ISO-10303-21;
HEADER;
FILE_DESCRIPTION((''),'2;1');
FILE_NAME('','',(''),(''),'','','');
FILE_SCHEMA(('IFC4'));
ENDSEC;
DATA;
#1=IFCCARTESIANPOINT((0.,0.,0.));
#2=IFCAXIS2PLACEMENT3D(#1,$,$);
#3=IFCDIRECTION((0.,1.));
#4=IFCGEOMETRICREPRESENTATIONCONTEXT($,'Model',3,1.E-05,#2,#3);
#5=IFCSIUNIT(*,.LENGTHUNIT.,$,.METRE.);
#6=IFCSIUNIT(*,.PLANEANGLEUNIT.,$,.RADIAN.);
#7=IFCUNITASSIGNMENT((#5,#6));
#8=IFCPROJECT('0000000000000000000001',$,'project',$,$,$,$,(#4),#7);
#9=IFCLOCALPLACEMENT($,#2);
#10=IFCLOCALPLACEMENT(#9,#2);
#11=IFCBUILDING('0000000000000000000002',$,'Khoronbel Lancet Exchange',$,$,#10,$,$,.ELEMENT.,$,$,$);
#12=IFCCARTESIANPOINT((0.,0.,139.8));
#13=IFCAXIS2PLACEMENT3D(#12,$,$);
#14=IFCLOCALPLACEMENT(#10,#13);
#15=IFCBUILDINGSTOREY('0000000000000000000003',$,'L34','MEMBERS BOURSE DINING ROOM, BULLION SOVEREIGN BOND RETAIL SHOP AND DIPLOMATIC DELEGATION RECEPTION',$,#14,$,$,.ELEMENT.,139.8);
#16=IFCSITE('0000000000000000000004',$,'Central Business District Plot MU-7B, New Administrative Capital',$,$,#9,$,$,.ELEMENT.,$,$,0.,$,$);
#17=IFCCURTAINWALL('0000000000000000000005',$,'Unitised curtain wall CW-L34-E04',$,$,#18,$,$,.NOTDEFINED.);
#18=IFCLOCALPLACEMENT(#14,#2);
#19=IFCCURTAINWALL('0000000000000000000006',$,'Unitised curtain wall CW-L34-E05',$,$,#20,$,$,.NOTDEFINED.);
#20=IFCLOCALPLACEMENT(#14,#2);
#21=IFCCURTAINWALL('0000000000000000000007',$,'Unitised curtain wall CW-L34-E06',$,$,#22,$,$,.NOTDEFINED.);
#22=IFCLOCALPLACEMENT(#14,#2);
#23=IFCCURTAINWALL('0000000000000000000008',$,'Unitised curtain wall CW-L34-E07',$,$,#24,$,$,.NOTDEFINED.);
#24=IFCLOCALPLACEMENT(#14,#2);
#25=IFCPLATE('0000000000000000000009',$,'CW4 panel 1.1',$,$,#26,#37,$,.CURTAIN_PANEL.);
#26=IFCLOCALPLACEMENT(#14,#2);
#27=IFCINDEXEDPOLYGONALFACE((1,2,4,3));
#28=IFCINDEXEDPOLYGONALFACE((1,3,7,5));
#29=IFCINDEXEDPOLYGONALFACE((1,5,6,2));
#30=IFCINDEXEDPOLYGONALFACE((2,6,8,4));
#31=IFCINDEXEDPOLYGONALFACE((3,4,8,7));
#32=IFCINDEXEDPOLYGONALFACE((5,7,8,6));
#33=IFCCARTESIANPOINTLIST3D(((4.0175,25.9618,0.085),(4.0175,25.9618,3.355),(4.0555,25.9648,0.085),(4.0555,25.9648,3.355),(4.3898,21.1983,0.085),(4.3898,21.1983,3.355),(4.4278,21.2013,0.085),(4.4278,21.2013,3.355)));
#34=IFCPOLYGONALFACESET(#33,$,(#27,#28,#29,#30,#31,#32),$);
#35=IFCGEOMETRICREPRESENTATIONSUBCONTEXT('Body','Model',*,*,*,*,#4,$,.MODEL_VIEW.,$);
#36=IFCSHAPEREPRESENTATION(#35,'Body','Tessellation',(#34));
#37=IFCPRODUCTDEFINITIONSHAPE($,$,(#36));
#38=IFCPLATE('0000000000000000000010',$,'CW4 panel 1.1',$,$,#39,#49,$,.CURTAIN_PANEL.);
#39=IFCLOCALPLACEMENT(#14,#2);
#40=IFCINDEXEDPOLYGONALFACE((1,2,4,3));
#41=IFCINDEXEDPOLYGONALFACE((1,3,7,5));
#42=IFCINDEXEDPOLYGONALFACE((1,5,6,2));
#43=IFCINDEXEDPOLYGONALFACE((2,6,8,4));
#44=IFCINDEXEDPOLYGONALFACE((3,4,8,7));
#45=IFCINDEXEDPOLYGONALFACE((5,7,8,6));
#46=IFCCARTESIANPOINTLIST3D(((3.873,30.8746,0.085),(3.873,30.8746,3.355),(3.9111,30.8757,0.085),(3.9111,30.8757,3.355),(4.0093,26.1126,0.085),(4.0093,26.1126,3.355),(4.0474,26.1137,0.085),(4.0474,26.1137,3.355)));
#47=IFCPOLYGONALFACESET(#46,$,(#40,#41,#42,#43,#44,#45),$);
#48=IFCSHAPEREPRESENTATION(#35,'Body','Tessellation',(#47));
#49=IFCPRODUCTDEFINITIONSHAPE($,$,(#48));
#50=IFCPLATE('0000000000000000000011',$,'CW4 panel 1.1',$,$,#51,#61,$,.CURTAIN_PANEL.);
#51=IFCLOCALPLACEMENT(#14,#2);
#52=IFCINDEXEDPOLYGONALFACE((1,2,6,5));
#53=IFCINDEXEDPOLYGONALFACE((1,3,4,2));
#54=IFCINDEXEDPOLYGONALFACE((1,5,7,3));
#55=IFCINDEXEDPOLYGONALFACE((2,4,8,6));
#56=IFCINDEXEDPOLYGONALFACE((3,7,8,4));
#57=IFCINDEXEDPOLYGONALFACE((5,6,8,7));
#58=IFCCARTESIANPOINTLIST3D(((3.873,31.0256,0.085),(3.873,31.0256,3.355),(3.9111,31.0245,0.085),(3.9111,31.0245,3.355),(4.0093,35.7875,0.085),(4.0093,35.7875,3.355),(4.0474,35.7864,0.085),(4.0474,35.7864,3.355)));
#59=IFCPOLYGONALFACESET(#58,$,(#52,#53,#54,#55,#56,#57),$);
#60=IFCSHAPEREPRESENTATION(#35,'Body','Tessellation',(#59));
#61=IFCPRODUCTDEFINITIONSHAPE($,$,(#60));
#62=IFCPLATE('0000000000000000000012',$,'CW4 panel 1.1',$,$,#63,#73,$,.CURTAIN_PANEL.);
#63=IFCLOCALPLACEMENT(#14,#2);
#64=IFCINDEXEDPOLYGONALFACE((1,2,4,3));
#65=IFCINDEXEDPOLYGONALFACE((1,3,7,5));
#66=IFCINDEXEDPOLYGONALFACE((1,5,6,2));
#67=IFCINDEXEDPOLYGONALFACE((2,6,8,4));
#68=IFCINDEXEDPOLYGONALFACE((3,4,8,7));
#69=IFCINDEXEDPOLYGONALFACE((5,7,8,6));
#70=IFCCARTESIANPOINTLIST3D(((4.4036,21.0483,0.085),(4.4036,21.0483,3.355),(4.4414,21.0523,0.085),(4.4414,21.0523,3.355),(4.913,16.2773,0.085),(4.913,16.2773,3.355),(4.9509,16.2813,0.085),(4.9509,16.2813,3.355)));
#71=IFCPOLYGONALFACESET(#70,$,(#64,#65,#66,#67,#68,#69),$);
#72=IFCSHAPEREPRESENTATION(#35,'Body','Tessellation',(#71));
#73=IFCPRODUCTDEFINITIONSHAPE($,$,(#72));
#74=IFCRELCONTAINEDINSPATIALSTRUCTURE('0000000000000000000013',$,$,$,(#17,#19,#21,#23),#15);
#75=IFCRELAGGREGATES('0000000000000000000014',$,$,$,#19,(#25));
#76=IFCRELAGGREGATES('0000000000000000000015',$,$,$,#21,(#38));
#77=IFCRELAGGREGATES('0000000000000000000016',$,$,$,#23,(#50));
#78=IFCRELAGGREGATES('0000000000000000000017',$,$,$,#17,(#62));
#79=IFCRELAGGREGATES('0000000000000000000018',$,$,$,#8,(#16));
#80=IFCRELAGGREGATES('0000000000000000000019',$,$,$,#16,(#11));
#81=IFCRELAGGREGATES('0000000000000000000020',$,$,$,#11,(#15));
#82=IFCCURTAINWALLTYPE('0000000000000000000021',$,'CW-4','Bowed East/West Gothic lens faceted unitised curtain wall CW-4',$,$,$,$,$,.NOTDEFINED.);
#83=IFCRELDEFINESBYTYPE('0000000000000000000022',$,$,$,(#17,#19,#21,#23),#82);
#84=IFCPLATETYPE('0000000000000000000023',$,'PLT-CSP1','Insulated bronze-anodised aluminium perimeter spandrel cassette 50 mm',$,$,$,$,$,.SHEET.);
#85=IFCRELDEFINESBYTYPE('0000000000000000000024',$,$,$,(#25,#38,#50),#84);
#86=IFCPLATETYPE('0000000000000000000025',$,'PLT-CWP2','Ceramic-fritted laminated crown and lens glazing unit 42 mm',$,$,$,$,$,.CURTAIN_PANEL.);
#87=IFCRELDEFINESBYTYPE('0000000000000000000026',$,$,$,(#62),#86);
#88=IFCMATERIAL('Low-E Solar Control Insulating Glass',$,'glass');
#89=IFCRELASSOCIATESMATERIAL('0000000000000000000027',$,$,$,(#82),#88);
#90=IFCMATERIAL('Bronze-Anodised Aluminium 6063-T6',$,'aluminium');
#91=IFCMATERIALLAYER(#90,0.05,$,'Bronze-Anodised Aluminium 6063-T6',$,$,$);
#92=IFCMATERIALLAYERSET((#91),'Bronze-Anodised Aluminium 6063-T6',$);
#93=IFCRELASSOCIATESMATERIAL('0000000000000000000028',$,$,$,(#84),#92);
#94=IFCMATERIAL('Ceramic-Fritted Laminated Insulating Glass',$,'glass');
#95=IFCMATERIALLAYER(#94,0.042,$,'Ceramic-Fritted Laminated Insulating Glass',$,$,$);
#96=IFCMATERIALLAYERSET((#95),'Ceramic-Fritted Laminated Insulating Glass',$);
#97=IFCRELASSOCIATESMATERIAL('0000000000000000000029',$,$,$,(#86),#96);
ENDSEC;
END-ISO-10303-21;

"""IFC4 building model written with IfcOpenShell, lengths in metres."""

from ifc_helpers import new_model, si_unit, direction, frame, origin, origin_2d, place, context, subcontext, project, spatial, rectangle, extrude, material, layer, layer_set, type_object, element, aggregate, save


model = new_model("IFC4")

# Units and contexts
model_context = context("Model", 3, precision=1e-05, world=origin(), true_north=direction((0.0, 1.0)))
body_context = subcontext(model_context, "Body", "Model", "MODEL_VIEW")
ifc_project = project(units=[si_unit("LENGTHUNIT", "METRE"), si_unit("PLANEANGLEUNIT", "RADIAN")], contexts=[model_context])

# Site, building, storey
site_placement = place(None, origin())
site = spatial("IfcSite", under=ifc_project, at=site_placement, Name="Central Business District Plot MU-7B, New Administrative Capital", CompositionType="ELEMENT", RefElevation=0.0)
building_placement = place(site_placement, origin())
building = spatial("IfcBuilding", under=site, at=building_placement, Name="Khoronbel Lancet Exchange", CompositionType="ELEMENT")
storey_placement = place(building_placement, frame((0.0, 0.0, 139.8)))
storey = spatial("IfcBuildingStorey", under=building, at=storey_placement, Name="L34", Description="MEMBERS BOURSE DINING ROOM, BULLION SOVEREIGN BOND RETAIL SHOP AND DIPLOMATIC DELEGATION RECEPTION", CompositionType="ELEMENT", Elevation=139.8)

# Curtain walls
ifc_material_1 = material(Name="Low-E Solar Control Insulating Glass", Category="glass")
curtain_wall_type = type_object("IfcCurtainWallType", Name="CW-4", Description="Bowed East/West Gothic lens faceted unitised curtain wall CW-4", PredefinedType="NOTDEFINED", material=ifc_material_1)
curtain_wall_1_placement = place(storey_placement, origin())
curtain_wall_1 = element("IfcCurtainWall", 1, at=curtain_wall_1_placement, inside=storey, type_object=curtain_wall_type, Name="Unitised curtain wall CW-L34-E04", PredefinedType="NOTDEFINED")
ifc_material_2 = material(Name="Bronze-Anodised Aluminium 6063-T6", Category="aluminium")
curtain_wall_2_placement = place(storey_placement, origin())
curtain_wall_2 = element("IfcCurtainWall", 2, at=curtain_wall_2_placement, inside=storey, type_object=curtain_wall_type, Name="Unitised curtain wall CW-L34-E05", PredefinedType="NOTDEFINED")
curtain_wall_3_placement = place(storey_placement, origin())
curtain_wall_3 = element("IfcCurtainWall", 3, at=curtain_wall_3_placement, inside=storey, type_object=curtain_wall_type, Name="Unitised curtain wall CW-L34-E06", PredefinedType="NOTDEFINED")

# Curtain wall
curtain_wall_4_placement = place(storey_placement, origin())
curtain_wall_4 = element("IfcCurtainWall", 4, at=curtain_wall_4_placement, inside=storey, type_object=curtain_wall_type, Name="Unitised curtain wall CW-L34-E07", PredefinedType="NOTDEFINED")

# Plates
ifc_layer_1 = layer(ifc_material_2, 0.05, Name="Bronze-Anodised Aluminium 6063-T6")
ifc_layer_set_1 = layer_set([ifc_layer_1], Name="Bronze-Anodised Aluminium 6063-T6")
plate_type_1 = type_object("IfcPlateType", Name="PLT-CSP1", Description="Insulated bronze-anodised aluminium perimeter spandrel cassette 50 mm", PredefinedType="SHEET", material=ifc_layer_set_1)
plate_1_placement = place(storey_placement, frame((4.2227, 23.5815, 0.085), z_axis=(0.0, 0.0, 1.0), x_axis=(-0.077921, 0.99696, 0.0)))
plate_1 = element("IfcPlate", 5, at=plate_1_placement, type_object=plate_type_1, Name="CW4 panel 1.1", PredefinedType="CURTAIN_PANEL", context=body_context, shape_type="SweptSolid", body=[
    extrude(rectangle(XDim=4.7781, YDim=0.0381, at=origin_2d()), origin(), (0.0, 0.0, 1.0), 3.27),
])
aggregate(curtain_wall_2, [plate_1])
plate_2_placement = place(storey_placement, frame((3.9602, 28.4941, 0.085), z_axis=(0.0, 0.0, 1.0), x_axis=(-0.028613, 0.999591, 0.0)))
plate_2 = element("IfcPlate", 6, at=plate_2_placement, type_object=plate_type_1, Name="CW4 panel 1.1", PredefinedType="CURTAIN_PANEL", context=body_context, shape_type="SweptSolid", body=[
    extrude(rectangle(XDim=4.7639, YDim=0.0381, at=origin_2d()), origin(), (0.0, 0.0, 1.0), 3.27),
])
aggregate(curtain_wall_3, [plate_2])
plate_3_placement = place(storey_placement, frame((3.9602, 33.406, 0.085), z_axis=(0.0, 0.0, 1.0), x_axis=(0.028613, 0.999591, 0.0)))
plate_3 = element("IfcPlate", 7, at=plate_3_placement, type_object=plate_type_1, Name="CW4 panel 1.1", PredefinedType="CURTAIN_PANEL", context=body_context, shape_type="SweptSolid", body=[
    extrude(rectangle(XDim=4.7639, YDim=0.0381, at=origin_2d()), origin(), (0.0, 0.0, 1.0), 3.27),
])
aggregate(curtain_wall_4, [plate_3])
ifc_material_3 = material(Name="Ceramic-Fritted Laminated Insulating Glass", Category="glass")
ifc_layer_2 = layer(ifc_material_3, 0.042, Name="Ceramic-Fritted Laminated Insulating Glass")
ifc_layer_set_2 = layer_set([ifc_layer_2], Name="Ceramic-Fritted Laminated Insulating Glass")
plate_type_2 = type_object("IfcPlateType", Name="PLT-CWP2", Description="Ceramic-fritted laminated crown and lens glazing unit 42 mm", PredefinedType="CURTAIN_PANEL", material=ifc_layer_set_2)
plate_4_placement = place(storey_placement, frame((4.6772, 18.6648, 0.085), z_axis=(0.0, 0.0, 1.0), x_axis=(-0.106181, 0.994347, 0.0)))
plate_4 = element("IfcPlate", 8, at=plate_4_placement, type_object=plate_type_2, Name="CW4 panel 1.1", PredefinedType="CURTAIN_PANEL", context=body_context, shape_type="SweptSolid", body=[
    extrude(rectangle(XDim=4.7981, YDim=0.0381, at=origin_2d()), origin(), (0.0, 0.0, 1.0), 3.27),
])
aggregate(curtain_wall_1, [plate_4])

save(model, "model.ifc")
